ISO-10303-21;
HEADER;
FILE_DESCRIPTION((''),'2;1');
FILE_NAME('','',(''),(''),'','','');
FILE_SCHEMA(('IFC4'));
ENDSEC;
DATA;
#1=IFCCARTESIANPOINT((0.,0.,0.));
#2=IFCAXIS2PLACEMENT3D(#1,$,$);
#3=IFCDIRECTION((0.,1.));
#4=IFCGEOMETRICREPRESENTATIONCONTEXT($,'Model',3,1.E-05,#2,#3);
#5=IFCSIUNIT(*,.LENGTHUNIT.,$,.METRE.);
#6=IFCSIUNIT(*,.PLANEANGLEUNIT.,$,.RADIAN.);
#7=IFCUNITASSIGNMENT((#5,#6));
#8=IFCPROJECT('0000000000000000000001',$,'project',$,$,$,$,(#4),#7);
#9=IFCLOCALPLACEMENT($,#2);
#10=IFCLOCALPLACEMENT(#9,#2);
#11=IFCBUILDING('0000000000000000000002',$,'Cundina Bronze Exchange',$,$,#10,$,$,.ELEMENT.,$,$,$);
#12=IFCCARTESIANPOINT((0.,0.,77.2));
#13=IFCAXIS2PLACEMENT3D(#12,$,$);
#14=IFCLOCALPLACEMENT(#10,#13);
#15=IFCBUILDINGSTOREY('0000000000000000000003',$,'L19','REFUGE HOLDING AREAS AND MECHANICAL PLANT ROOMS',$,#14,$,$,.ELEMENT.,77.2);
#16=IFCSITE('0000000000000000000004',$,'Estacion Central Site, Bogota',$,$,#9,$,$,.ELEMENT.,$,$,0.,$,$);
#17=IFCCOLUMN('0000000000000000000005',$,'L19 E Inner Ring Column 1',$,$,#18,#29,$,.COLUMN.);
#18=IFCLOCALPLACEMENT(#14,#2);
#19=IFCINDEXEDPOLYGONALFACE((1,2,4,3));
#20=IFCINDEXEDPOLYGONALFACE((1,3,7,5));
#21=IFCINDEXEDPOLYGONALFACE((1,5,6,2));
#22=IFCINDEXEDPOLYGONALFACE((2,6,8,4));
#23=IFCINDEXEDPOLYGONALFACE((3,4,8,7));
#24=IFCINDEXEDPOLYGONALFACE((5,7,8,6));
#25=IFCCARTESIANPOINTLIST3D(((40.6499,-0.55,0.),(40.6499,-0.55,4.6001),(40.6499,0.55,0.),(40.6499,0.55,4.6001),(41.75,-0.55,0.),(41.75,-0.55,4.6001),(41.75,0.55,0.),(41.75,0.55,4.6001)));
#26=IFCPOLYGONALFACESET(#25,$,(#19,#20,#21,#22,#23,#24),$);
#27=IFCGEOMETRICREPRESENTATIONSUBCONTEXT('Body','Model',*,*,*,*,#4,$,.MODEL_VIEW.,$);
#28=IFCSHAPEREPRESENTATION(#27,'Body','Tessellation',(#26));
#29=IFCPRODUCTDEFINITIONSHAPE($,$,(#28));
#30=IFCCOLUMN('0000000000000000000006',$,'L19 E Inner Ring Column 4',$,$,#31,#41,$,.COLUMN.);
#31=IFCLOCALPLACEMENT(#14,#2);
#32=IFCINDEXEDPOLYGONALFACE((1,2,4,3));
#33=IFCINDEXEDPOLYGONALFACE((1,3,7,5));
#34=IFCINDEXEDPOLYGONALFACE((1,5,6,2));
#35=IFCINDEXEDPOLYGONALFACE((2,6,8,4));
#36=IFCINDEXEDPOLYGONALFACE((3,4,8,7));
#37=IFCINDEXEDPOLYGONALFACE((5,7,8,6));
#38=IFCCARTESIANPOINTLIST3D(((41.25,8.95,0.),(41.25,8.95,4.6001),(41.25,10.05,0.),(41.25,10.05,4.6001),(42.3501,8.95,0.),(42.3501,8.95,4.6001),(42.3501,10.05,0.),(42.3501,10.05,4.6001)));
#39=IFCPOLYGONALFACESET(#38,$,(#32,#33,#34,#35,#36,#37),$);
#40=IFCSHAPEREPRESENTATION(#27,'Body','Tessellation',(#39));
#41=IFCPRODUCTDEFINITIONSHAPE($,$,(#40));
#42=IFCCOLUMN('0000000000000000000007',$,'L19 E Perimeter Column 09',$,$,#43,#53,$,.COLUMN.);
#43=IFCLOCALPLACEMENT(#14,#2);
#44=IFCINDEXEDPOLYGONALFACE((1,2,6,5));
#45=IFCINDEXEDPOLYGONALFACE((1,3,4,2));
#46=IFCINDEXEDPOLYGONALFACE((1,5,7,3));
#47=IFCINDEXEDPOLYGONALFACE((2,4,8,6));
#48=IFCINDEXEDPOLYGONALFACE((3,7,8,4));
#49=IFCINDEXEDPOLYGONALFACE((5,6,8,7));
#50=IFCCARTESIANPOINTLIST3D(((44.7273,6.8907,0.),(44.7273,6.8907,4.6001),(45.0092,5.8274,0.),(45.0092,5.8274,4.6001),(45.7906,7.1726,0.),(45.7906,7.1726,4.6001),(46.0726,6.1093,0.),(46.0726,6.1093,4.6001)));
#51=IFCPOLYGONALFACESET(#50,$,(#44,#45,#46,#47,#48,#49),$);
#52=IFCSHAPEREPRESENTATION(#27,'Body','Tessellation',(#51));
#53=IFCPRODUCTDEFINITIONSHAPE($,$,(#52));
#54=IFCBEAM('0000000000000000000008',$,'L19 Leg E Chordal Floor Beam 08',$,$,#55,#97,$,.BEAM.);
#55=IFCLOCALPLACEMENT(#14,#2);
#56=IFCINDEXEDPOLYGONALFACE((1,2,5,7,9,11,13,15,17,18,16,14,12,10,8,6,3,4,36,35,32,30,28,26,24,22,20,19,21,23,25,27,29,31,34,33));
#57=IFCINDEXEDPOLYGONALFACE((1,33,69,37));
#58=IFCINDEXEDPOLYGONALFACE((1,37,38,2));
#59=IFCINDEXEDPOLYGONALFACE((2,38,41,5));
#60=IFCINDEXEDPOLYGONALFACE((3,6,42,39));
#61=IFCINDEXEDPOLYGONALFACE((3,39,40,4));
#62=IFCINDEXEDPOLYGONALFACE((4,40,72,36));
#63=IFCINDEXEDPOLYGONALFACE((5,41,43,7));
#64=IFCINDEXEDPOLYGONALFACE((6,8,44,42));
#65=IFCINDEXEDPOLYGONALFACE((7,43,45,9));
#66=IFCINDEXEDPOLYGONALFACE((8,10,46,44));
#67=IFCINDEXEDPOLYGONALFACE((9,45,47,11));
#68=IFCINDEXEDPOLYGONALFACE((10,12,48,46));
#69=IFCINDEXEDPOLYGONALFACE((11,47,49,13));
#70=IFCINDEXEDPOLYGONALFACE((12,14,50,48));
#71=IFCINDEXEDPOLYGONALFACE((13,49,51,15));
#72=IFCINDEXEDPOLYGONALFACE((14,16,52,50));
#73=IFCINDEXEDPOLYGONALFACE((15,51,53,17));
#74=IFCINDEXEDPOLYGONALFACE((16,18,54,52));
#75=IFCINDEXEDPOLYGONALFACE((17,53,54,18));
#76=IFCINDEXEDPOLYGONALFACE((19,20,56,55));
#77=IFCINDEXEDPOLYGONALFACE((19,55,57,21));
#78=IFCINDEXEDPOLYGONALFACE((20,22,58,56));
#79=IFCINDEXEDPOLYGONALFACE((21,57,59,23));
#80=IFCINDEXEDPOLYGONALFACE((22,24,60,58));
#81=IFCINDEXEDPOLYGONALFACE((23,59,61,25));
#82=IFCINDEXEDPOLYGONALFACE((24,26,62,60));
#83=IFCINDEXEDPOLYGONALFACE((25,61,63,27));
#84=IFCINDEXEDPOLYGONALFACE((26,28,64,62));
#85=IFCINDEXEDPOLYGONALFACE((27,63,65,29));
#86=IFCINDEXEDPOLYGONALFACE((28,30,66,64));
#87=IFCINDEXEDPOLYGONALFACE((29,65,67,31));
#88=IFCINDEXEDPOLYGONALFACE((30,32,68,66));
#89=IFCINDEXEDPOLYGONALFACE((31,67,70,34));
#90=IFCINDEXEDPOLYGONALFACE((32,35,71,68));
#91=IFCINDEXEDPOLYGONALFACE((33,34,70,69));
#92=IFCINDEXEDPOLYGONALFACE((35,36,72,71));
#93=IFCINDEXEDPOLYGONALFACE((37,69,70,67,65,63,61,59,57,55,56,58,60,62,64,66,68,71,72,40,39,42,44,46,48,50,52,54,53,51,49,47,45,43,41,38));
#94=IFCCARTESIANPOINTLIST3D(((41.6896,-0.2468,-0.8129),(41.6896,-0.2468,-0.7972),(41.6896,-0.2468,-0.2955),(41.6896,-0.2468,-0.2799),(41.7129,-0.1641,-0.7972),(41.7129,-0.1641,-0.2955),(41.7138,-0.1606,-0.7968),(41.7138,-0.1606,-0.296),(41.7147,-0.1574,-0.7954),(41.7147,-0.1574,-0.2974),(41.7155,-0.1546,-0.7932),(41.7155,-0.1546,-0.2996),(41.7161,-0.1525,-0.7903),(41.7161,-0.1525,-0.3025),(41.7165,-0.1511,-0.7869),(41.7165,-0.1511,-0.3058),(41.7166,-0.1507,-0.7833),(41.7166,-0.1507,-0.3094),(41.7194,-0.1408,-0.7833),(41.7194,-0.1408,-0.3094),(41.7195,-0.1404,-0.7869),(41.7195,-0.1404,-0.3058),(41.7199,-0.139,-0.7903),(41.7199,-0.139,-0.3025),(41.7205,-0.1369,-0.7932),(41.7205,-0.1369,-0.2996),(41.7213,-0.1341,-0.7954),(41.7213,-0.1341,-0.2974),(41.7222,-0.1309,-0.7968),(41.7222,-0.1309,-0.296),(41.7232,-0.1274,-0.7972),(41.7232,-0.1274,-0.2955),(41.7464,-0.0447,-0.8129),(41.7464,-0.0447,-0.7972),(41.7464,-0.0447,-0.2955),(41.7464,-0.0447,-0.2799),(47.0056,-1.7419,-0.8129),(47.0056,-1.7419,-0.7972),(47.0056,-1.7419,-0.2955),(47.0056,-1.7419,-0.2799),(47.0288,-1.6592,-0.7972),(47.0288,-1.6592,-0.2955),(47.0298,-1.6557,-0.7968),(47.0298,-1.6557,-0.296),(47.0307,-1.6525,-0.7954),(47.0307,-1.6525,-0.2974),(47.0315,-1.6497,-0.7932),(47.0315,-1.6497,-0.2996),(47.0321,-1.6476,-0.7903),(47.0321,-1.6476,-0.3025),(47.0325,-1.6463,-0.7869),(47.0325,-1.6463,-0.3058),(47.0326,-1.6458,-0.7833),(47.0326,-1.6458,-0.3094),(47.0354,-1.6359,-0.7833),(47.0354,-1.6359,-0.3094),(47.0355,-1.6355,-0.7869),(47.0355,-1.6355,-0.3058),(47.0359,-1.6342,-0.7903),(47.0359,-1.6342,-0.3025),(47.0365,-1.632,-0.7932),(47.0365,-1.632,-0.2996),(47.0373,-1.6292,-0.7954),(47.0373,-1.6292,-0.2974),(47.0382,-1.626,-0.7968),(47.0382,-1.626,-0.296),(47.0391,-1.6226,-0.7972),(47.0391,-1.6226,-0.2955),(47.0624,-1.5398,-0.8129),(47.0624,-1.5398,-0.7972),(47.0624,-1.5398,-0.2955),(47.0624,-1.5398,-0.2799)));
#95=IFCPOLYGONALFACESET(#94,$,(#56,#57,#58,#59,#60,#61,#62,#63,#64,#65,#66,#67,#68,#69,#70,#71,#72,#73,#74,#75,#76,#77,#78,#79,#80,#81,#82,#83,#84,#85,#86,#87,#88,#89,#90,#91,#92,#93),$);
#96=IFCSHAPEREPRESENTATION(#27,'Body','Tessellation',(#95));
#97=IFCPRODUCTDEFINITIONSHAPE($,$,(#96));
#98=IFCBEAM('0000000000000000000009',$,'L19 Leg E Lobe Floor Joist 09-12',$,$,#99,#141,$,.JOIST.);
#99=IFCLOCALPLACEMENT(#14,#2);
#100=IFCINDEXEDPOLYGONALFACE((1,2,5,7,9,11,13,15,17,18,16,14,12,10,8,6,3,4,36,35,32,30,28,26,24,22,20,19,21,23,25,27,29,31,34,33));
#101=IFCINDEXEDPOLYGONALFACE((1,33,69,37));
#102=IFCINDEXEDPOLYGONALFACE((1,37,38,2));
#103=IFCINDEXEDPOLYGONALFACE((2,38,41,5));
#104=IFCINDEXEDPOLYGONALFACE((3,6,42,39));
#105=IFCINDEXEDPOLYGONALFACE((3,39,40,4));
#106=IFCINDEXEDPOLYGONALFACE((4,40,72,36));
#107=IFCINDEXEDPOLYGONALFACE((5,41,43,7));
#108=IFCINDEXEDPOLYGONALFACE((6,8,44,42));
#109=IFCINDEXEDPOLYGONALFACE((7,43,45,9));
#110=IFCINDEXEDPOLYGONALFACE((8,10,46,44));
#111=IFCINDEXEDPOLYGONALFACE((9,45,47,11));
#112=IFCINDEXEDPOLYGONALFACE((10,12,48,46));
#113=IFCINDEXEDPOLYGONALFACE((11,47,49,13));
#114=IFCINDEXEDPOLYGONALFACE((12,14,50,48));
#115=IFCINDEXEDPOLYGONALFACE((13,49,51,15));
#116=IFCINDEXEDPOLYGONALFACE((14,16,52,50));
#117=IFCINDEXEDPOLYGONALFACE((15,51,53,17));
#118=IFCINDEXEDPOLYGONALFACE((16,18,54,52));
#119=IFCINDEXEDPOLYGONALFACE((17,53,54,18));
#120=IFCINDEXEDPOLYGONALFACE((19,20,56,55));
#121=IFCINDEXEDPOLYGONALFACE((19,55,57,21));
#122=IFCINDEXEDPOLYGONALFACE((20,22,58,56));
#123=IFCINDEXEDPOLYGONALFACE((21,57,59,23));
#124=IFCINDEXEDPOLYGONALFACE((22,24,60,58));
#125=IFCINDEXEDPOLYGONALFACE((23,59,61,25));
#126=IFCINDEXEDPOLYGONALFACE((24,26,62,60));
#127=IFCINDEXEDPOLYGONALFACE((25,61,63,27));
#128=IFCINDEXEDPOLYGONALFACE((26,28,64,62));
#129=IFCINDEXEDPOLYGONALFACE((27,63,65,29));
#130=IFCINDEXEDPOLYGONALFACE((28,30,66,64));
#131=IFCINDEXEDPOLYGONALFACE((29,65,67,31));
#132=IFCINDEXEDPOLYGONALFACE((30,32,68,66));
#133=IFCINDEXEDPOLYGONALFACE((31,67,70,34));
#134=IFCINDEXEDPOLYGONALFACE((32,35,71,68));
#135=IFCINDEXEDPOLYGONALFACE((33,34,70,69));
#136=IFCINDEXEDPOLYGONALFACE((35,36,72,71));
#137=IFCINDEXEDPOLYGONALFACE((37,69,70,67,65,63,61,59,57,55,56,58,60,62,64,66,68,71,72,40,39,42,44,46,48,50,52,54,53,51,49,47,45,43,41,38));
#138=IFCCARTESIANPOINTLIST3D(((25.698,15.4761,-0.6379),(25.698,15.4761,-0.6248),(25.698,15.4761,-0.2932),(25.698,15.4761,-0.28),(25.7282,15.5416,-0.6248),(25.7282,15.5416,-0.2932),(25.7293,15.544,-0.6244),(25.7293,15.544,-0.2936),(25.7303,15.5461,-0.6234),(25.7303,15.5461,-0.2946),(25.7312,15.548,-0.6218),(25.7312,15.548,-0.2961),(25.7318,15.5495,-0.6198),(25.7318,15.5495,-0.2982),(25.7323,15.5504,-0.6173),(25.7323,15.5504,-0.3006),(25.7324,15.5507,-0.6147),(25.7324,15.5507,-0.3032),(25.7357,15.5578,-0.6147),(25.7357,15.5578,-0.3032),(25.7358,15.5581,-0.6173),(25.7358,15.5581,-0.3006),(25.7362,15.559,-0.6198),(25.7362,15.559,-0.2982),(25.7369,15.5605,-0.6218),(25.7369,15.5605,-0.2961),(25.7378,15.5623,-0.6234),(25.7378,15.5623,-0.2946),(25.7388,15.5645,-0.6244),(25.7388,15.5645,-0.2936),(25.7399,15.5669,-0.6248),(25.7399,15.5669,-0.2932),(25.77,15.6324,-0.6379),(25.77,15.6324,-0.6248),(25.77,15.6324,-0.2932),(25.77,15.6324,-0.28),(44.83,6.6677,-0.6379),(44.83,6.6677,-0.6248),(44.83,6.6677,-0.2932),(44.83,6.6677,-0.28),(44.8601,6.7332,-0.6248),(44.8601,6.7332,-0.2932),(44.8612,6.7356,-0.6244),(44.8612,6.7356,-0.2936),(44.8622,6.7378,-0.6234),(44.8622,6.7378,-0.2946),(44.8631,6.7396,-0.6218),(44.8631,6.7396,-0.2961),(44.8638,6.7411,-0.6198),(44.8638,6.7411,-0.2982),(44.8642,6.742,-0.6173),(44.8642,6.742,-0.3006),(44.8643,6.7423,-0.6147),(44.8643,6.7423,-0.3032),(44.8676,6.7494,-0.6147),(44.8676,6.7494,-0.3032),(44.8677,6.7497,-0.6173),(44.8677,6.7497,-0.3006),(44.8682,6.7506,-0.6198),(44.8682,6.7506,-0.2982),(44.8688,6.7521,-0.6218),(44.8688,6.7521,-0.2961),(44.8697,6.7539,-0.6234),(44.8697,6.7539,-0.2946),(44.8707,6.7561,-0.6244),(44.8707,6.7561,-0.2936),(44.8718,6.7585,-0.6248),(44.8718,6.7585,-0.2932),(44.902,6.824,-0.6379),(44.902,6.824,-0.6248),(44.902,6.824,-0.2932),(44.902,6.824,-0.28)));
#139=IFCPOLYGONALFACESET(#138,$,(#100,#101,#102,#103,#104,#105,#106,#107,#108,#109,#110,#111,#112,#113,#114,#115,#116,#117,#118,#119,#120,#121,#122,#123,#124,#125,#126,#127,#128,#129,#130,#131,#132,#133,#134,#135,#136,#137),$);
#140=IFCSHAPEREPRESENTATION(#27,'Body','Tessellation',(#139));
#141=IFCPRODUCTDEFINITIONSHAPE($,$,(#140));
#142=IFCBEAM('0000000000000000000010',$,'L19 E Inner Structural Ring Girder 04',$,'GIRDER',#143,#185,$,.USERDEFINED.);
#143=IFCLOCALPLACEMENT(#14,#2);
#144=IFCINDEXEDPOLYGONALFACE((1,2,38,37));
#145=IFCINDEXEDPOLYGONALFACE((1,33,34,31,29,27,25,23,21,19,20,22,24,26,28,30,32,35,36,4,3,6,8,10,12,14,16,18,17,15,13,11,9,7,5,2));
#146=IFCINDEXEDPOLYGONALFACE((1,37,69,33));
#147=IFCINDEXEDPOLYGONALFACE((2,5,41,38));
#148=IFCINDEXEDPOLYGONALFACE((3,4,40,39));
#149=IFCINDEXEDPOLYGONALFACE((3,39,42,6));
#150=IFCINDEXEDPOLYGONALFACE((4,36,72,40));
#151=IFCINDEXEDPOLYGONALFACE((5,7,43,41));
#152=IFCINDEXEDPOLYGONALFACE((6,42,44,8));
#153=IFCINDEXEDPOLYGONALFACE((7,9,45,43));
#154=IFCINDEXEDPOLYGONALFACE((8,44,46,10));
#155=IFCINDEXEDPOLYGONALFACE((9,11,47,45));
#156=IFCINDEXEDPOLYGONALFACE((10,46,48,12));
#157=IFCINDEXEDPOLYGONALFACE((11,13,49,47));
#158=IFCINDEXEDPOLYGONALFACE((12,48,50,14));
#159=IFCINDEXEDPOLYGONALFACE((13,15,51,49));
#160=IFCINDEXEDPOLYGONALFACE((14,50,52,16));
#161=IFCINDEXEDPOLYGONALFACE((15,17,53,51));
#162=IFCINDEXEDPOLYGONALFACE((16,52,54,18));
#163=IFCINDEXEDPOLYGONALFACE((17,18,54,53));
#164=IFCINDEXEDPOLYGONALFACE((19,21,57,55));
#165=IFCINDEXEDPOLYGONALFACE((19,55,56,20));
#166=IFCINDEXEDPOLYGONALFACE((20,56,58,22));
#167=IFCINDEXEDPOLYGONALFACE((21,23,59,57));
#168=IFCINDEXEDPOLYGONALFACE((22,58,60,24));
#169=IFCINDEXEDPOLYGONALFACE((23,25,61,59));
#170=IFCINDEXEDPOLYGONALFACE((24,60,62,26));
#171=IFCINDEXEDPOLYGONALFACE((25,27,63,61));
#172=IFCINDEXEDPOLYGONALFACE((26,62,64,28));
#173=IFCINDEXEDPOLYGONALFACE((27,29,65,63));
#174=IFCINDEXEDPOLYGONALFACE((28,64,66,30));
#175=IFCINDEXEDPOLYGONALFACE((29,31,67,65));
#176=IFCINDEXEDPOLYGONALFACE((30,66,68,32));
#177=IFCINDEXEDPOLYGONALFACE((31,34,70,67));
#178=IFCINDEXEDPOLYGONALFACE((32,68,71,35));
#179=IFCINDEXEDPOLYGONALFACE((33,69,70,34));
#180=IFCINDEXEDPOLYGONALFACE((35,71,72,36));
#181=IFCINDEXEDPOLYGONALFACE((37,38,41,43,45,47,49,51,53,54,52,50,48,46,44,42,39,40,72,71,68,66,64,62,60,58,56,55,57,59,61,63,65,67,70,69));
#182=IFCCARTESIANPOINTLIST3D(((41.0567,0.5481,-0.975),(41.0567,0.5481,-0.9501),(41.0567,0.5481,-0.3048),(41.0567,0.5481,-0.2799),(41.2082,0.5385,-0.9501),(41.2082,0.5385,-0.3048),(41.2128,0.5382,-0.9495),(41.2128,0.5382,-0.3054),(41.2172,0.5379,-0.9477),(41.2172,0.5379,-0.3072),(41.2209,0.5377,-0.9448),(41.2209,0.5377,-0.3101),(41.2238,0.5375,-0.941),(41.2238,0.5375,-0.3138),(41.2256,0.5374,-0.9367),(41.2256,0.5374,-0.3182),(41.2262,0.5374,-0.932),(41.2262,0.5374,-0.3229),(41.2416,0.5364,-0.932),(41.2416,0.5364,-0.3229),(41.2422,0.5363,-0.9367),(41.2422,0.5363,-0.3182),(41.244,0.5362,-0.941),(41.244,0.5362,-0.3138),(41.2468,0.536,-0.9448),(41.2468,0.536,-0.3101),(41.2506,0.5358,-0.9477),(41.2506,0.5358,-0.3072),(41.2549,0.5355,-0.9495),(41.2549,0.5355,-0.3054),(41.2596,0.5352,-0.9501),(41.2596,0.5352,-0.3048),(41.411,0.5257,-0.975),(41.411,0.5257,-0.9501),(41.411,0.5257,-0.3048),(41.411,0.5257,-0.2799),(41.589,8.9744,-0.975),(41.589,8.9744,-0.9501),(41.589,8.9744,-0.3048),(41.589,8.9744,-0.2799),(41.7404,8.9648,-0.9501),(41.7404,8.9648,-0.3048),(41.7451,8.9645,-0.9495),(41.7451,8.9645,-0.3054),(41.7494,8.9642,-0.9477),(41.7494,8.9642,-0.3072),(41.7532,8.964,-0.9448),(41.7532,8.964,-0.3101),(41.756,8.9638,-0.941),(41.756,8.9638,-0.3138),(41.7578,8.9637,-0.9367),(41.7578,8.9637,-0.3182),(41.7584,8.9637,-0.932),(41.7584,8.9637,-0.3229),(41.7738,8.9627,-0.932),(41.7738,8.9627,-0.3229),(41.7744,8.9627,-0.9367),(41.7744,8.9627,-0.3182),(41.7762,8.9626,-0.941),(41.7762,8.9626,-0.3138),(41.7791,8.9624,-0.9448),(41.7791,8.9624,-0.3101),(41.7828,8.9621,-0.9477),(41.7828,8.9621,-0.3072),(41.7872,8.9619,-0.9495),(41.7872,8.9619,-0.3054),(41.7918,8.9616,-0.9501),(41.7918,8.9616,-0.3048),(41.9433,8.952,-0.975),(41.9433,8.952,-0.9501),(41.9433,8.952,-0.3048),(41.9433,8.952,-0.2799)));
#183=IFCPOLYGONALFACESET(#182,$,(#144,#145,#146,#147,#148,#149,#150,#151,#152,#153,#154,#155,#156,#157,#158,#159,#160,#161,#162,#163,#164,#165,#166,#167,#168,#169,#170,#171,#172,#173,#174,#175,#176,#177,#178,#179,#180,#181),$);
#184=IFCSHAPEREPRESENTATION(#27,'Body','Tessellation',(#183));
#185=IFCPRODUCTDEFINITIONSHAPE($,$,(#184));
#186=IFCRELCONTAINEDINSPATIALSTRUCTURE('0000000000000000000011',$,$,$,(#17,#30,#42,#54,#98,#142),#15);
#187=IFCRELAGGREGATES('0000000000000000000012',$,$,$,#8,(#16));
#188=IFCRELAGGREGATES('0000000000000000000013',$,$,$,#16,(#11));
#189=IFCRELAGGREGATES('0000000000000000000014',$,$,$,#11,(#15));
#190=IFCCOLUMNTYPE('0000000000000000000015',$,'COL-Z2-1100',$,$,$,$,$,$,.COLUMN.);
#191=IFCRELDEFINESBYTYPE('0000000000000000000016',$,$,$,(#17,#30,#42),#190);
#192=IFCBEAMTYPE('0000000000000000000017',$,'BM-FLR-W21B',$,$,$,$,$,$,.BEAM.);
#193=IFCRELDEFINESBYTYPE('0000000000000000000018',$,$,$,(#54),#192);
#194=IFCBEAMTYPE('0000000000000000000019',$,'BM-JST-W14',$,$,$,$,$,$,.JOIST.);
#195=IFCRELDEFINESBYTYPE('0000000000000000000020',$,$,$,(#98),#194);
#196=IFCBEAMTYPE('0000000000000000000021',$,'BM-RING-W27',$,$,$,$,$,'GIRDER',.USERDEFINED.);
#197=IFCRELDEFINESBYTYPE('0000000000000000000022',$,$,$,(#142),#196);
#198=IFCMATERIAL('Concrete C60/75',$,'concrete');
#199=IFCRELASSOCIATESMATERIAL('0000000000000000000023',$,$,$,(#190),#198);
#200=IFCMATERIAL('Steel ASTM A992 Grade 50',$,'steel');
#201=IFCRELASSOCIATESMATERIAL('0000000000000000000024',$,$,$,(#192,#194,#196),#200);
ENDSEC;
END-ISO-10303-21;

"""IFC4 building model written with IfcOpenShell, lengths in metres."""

from ifc_helpers import new_model, si_unit, direction, frame, origin, origin_2d, place, context, subcontext, project, spatial, rectangle, i_section, extrude, material, material_profile, profile_set, type_object, element, save


model = new_model("IFC4")

# Units and contexts
model_context = context("Model", 3, precision=1e-05, world=origin(), true_north=direction((0.0, 1.0)))
body_context = subcontext(model_context, "Body", "Model", "MODEL_VIEW")
ifc_project = project(units=[si_unit("LENGTHUNIT", "METRE"), si_unit("PLANEANGLEUNIT", "RADIAN")], contexts=[model_context])

# Site, building, storey
site_placement = place(None, origin())
site = spatial("IfcSite", under=ifc_project, at=site_placement, Name="Estacion Central Site, Bogota", CompositionType="ELEMENT", RefElevation=0.0)
building_placement = place(site_placement, origin())
building = spatial("IfcBuilding", under=site, at=building_placement, Name="Cundina Bronze Exchange", CompositionType="ELEMENT")
storey_placement = place(building_placement, frame((0.0, 0.0, 77.2)))
storey = spatial("IfcBuildingStorey", under=building, at=storey_placement, Name="L19", Description="REFUGE HOLDING AREAS AND MECHANICAL PLANT ROOMS", CompositionType="ELEMENT", Elevation=77.2)

# Columns
ifc_material_1 = material(Name="Concrete C60/75", Category="concrete")
ifc_material_profile_1 = material_profile(ifc_material_1, rectangle(XDim=1.1001, YDim=1.1001, at=origin_2d()), Name="RC1100X1100", Category="concrete")
ifc_profile_set_1 = profile_set([ifc_material_profile_1], Name="Concrete C60/75")
column_type = type_object("IfcColumnType", Name="COL-Z2-1100", PredefinedType="COLUMN", material=ifc_profile_set_1)
for number, where, z_axis, x_axis, name in (
    (1, (41.2, 0.0, 0.0), (0.0, 0.0, 1.0), (1.0, 0.0, 0.0), "L19 E Inner Ring Column 1"),
    (2, (41.8, 9.5, 0.0), (0.0, 0.0, 1.0), (1.0, 0.0, 0.0), "L19 E Inner Ring Column 4"),
    (3, (45.3999, 6.5, 0.0), (0.0, 0.0, 1.0), (-0.256289, 0.9666, 0.0), "L19 E Perimeter Column 09"),
):
    element("IfcColumn", number, at=place(storey_placement, frame(where, z_axis=z_axis, x_axis=x_axis)), inside=storey, type_object=column_type, Name=name, PredefinedType="COLUMN", context=body_context, shape_type="SweptSolid", body=[
        extrude(rectangle(XDim=1.1001, YDim=1.1001, at=origin_2d()), origin(), (0.0, 0.0, 1.0), 4.6001),
    ])

# Beams
ifc_material_2 = material(Name="Steel ASTM A992 Grade 50", Category="steel")
ifc_material_profile_2 = material_profile(ifc_material_2, i_section(OverallWidth=0.21, OverallDepth=0.533, WebThickness=0.0103, FlangeThickness=0.0156, FilletRadius=0.0139, at=origin_2d()), Name="W21X62", Category="steel")
ifc_profile_set_2 = profile_set([ifc_material_profile_2], Name="Steel ASTM A992 Grade 50")
beam_type_1 = type_object("IfcBeamType", Name="BM-FLR-W21B", PredefinedType="BEAM", material=ifc_profile_set_2)
beam_1_placement = place(storey_placement, frame((41.718, -0.1458, -0.5464), z_axis=(0.96265, -0.270748, 0.0), x_axis=(0.270748, 0.96265, 0.0)))
element("IfcBeam", 4, at=beam_1_placement, inside=storey, type_object=beam_type_1, Name="L19 Leg E Chordal Floor Beam 08", PredefinedType="BEAM", context=body_context, shape_type="SweptSolid", body=[
    extrude(i_section(OverallWidth=0.21, OverallDepth=0.533, WebThickness=0.0103, FlangeThickness=0.0156, FilletRadius=0.0139, at=origin_2d()), origin(), (0.0, 0.0, 1.0), 5.5222),
])
ifc_material_profile_3 = material_profile(ifc_material_2, i_section(OverallWidth=0.1721, OverallDepth=0.3579, WebThickness=0.0078, FlangeThickness=0.0132, FilletRadius=0.01, at=origin_2d()), Name="W14X38", Category="steel")
ifc_profile_set_3 = profile_set([ifc_material_profile_3], Name="Steel ASTM A992 Grade 50")
beam_type_2 = type_object("IfcBeamType", Name="BM-JST-W14", PredefinedType="JOIST", material=ifc_profile_set_3)
beam_2_placement = place(storey_placement, frame((44.866, 6.7458, -0.459), z_axis=(-0.908352, 0.418208, 0.0), x_axis=(-0.418208, -0.908352, 0.0)))
element("IfcBeam", 5, at=beam_2_placement, inside=storey, type_object=beam_type_2, Name="L19 Leg E Lobe Floor Joist 09-12", PredefinedType="JOIST", context=body_context, shape_type="SweptSolid", body=[
    extrude(i_section(OverallWidth=0.1721, OverallDepth=0.3579, WebThickness=0.0078, FlangeThickness=0.0132, FilletRadius=0.01, at=origin_2d()), origin(), (0.0, 0.0, 1.0), 21.0623),
])
ifc_material_profile_4 = material_profile(ifc_material_2, i_section(OverallWidth=0.355, OverallDepth=0.6951, WebThickness=0.0154, FlangeThickness=0.0249, FilletRadius=0.0181, at=origin_2d()), Name="W27X146", Category="steel")
ifc_profile_set_4 = profile_set([ifc_material_profile_4], Name="Steel ASTM A992 Grade 50")
beam_type_3 = type_object("IfcBeamType", Name="BM-RING-W27", ElementType="GIRDER", PredefinedType="USERDEFINED", material=ifc_profile_set_4)
beam_3_placement = place(storey_placement, frame((41.2339, 0.5369, -0.6274), z_axis=(0.063037, 0.998011, 0.0), x_axis=(-0.998011, 0.063037, 0.0)))
element("IfcBeam", 6, at=beam_3_placement, inside=storey, type_object=beam_type_3, Name="L19 E Inner Structural Ring Girder 04", ObjectType="GIRDER", PredefinedType="USERDEFINED", context=body_context, shape_type="SweptSolid", body=[
    extrude(i_section(OverallWidth=0.355, OverallDepth=0.6951, WebThickness=0.0154, FlangeThickness=0.0249, FilletRadius=0.0181, at=origin_2d()), origin(), (0.0, 0.0, 1.0), 8.4431),
])

save(model, "model.ifc")
